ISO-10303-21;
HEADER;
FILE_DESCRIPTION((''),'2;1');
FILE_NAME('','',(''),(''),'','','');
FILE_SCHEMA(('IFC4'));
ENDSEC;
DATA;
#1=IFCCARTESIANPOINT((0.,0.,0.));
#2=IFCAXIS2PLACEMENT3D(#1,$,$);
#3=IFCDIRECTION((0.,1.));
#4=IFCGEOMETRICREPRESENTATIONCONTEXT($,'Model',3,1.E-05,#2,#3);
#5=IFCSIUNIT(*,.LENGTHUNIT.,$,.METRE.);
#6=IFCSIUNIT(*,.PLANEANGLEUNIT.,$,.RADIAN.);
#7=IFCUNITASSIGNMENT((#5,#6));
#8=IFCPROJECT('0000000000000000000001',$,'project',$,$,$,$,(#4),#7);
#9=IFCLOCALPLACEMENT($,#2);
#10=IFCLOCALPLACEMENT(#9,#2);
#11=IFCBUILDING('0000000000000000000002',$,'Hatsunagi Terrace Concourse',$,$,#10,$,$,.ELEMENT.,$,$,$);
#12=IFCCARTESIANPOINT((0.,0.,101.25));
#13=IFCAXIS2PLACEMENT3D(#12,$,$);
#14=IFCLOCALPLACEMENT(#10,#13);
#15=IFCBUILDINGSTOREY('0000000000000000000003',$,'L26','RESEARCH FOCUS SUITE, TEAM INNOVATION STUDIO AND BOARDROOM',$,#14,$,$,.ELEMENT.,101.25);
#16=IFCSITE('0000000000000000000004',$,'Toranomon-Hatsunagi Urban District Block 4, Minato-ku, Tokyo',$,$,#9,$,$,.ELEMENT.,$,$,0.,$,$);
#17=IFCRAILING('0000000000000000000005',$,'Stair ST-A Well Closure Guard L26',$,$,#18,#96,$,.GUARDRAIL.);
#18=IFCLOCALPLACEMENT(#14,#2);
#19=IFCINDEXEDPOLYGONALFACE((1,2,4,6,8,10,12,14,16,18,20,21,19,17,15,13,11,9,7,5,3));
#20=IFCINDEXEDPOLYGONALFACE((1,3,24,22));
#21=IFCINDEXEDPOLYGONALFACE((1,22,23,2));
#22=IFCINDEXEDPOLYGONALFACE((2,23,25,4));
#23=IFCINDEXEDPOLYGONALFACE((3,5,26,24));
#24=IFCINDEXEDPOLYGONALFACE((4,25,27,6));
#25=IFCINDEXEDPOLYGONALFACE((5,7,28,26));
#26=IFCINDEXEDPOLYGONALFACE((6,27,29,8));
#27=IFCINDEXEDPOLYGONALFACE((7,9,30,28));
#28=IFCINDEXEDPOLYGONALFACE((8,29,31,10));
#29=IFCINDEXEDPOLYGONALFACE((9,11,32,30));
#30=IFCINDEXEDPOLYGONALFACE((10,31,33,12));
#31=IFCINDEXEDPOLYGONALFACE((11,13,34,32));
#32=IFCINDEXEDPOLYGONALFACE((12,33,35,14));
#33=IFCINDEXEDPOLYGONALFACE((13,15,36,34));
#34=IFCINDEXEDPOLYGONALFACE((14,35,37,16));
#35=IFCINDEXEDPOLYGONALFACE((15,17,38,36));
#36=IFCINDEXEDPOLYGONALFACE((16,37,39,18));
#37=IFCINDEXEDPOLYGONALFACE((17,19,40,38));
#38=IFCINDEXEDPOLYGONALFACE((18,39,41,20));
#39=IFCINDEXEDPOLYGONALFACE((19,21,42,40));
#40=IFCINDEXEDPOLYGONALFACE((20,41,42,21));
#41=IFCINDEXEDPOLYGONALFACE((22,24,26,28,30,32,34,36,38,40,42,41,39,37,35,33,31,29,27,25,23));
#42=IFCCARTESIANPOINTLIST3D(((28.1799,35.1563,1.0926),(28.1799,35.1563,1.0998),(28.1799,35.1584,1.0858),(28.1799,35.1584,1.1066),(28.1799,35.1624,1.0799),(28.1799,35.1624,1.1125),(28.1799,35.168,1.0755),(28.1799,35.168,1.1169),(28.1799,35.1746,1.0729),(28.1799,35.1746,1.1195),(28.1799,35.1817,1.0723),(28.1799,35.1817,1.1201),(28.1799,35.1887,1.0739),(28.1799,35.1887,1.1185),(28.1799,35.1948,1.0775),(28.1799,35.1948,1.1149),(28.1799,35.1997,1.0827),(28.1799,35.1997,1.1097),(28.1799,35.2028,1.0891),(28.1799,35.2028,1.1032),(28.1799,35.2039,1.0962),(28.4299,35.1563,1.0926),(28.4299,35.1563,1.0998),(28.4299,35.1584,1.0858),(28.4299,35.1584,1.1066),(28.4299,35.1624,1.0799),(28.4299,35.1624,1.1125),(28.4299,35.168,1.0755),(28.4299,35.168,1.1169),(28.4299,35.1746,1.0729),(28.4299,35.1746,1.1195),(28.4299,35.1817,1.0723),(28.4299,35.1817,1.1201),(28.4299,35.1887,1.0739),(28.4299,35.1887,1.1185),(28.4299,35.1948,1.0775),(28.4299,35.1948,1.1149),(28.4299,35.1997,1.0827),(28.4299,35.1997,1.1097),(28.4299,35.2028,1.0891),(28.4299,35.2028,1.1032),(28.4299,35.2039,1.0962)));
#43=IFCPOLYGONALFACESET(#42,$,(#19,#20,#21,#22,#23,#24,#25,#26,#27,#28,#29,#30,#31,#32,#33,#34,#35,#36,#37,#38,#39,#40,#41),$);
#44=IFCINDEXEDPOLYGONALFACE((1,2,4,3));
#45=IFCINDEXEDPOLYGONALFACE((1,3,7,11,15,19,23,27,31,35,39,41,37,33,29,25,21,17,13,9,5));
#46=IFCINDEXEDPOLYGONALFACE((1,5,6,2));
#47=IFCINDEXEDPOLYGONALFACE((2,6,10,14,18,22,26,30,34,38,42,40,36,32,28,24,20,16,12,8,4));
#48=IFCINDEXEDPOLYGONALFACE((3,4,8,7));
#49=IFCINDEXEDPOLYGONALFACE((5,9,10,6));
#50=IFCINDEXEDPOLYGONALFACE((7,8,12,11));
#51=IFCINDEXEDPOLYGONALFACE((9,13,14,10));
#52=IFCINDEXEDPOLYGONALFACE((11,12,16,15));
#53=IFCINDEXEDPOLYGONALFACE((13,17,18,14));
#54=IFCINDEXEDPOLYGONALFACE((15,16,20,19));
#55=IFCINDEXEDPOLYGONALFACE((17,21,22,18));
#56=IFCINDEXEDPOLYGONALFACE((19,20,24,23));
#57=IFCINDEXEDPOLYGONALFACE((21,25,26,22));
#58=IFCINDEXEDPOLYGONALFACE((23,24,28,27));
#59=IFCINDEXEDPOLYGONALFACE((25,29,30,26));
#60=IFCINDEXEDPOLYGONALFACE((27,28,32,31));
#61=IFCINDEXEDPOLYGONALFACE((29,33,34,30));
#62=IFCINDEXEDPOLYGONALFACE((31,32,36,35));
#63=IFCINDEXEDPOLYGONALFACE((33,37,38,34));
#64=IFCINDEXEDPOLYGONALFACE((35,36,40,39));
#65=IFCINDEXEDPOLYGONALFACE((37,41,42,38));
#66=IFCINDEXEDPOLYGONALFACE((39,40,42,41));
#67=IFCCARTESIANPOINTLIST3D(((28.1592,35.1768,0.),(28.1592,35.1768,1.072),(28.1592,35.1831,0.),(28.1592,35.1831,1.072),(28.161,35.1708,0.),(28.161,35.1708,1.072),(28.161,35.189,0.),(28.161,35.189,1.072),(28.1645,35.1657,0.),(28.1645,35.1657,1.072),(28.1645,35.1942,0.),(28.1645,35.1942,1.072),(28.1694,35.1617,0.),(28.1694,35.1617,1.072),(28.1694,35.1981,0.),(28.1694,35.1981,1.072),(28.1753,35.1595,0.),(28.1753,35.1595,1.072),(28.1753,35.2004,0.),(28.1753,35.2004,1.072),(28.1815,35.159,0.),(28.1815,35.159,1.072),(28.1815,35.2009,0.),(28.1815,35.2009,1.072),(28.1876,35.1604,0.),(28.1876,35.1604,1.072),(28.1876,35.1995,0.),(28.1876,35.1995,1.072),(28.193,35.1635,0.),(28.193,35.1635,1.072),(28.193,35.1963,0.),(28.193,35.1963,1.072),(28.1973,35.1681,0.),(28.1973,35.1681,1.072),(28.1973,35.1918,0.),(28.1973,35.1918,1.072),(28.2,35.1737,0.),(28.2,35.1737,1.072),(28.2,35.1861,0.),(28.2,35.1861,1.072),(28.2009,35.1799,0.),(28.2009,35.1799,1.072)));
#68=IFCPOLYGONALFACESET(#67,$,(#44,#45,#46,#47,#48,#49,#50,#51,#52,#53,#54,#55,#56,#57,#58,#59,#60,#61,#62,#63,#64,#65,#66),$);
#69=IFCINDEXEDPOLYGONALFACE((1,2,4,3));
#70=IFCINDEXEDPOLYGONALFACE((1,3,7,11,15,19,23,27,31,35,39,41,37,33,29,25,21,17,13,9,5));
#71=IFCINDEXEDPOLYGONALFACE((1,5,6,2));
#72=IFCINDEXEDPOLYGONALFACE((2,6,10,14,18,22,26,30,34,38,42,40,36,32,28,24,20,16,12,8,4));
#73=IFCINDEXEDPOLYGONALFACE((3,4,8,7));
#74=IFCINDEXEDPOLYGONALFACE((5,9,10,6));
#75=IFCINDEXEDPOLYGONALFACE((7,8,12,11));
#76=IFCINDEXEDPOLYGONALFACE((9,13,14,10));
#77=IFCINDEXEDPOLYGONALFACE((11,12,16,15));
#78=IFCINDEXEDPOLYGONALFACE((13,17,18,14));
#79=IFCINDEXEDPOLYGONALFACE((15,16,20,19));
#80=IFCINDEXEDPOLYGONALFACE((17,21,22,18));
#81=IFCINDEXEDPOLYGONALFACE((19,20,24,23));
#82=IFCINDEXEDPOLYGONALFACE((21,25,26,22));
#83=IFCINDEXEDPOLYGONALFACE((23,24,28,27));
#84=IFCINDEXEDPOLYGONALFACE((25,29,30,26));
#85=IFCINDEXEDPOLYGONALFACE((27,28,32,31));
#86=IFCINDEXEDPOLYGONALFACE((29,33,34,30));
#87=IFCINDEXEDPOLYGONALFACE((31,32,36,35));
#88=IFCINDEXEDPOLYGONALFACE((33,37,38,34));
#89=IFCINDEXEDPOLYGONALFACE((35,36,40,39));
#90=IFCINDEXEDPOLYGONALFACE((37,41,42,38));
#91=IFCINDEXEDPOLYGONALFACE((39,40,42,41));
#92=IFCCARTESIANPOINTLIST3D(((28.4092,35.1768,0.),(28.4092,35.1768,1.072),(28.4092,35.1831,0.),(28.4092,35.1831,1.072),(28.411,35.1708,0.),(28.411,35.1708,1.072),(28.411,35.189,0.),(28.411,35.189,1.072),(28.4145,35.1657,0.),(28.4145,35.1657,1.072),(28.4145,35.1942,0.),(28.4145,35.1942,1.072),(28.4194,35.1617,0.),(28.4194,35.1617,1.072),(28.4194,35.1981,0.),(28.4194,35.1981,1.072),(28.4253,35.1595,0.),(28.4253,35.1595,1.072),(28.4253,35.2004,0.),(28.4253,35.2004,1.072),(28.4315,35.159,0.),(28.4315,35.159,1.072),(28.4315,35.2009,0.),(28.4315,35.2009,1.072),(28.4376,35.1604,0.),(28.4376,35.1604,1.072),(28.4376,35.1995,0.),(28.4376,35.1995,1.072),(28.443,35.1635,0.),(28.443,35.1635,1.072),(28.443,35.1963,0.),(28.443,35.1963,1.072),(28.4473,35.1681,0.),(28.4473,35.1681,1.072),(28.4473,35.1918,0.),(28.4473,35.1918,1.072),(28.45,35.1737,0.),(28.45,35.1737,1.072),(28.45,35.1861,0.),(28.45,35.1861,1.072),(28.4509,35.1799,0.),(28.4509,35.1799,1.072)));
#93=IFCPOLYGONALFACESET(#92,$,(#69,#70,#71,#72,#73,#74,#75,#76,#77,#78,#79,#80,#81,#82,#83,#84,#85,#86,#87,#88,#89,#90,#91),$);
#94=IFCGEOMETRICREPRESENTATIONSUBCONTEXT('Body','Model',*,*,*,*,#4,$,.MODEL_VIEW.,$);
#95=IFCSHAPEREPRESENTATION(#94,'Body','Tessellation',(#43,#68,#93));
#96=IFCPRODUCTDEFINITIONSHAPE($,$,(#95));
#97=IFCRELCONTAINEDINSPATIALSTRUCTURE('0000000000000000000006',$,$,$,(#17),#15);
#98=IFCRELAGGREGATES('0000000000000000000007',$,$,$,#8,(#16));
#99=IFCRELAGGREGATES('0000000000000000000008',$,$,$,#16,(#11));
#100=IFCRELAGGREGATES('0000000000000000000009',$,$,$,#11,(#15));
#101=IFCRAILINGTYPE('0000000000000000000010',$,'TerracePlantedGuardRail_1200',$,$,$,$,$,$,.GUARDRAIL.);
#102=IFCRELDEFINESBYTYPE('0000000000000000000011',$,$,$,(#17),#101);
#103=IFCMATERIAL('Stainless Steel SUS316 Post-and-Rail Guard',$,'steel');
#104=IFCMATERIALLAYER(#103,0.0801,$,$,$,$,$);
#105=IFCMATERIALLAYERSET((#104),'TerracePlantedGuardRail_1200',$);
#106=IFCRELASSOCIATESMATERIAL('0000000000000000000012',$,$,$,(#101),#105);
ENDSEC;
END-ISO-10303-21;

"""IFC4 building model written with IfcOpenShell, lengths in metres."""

from ifc_helpers import new_model, si_unit, direction, frame, origin, origin_2d, place, context, subcontext, project, spatial, circle, extrude, material, layer, layer_set, type_object, element, save


model = new_model("IFC4")

# Units and contexts
model_context = context("Model", 3, precision=1e-05, world=origin(), true_north=direction((0.0, 1.0)))
body_context = subcontext(model_context, "Body", "Model", "MODEL_VIEW")
ifc_project = project(units=[si_unit("LENGTHUNIT", "METRE"), si_unit("PLANEANGLEUNIT", "RADIAN")], contexts=[model_context])

# Site, building, storey
site_placement = place(None, origin())
site = spatial("IfcSite", under=ifc_project, at=site_placement, Name="Toranomon-Hatsunagi Urban District Block 4, Minato-ku, Tokyo", CompositionType="ELEMENT", RefElevation=0.0)
building_placement = place(site_placement, origin())
building = spatial("IfcBuilding", under=site, at=building_placement, Name="Hatsunagi Terrace Concourse", CompositionType="ELEMENT")
storey_placement = place(building_placement, frame((0.0, 0.0, 101.25)))
storey = spatial("IfcBuildingStorey", under=building, at=storey_placement, Name="L26", Description="RESEARCH FOCUS SUITE, TEAM INNOVATION STUDIO AND BOARDROOM", CompositionType="ELEMENT", Elevation=101.25)

# Railing
ifc_material_1 = material(Name="Stainless Steel SUS316 Post-and-Rail Guard", Category="steel")
ifc_layer_1 = layer(ifc_material_1, 0.0801)
ifc_layer_set_1 = layer_set([ifc_layer_1], Name="TerracePlantedGuardRail_1200")
railing_type_1 = type_object("IfcRailingType", Name="TerracePlantedGuardRail_1200", PredefinedType="GUARDRAIL", material=ifc_layer_set_1)
railing_1_placement = place(storey_placement, frame((28.1799, 35.1799, 0.0)))
element("IfcRailing", 1, at=railing_1_placement, inside=storey, type_object=railing_type_1, Name="Stair ST-A Well Closure Guard L26", PredefinedType="GUARDRAIL", context=body_context, shape_type="SweptSolid", body=[
    extrude(circle(Radius=0.0239, at=origin_2d()), frame((0.0, 0.0, 1.0962), z_axis=(1.0, 0.0, 0.0), x_axis=(0.0, 1.0, 0.0)), (0.0, 0.0, 1.0), 0.25),
    extrude(circle(Radius=0.021, at=origin_2d()), origin(), (0.0, 0.0, 1.0), 1.072),
    extrude(circle(Radius=0.021, at=origin_2d()), frame((0.25, 0.0, 0.0)), (0.0, 0.0, 1.0), 1.072),
])

save(model, "model.ifc")
